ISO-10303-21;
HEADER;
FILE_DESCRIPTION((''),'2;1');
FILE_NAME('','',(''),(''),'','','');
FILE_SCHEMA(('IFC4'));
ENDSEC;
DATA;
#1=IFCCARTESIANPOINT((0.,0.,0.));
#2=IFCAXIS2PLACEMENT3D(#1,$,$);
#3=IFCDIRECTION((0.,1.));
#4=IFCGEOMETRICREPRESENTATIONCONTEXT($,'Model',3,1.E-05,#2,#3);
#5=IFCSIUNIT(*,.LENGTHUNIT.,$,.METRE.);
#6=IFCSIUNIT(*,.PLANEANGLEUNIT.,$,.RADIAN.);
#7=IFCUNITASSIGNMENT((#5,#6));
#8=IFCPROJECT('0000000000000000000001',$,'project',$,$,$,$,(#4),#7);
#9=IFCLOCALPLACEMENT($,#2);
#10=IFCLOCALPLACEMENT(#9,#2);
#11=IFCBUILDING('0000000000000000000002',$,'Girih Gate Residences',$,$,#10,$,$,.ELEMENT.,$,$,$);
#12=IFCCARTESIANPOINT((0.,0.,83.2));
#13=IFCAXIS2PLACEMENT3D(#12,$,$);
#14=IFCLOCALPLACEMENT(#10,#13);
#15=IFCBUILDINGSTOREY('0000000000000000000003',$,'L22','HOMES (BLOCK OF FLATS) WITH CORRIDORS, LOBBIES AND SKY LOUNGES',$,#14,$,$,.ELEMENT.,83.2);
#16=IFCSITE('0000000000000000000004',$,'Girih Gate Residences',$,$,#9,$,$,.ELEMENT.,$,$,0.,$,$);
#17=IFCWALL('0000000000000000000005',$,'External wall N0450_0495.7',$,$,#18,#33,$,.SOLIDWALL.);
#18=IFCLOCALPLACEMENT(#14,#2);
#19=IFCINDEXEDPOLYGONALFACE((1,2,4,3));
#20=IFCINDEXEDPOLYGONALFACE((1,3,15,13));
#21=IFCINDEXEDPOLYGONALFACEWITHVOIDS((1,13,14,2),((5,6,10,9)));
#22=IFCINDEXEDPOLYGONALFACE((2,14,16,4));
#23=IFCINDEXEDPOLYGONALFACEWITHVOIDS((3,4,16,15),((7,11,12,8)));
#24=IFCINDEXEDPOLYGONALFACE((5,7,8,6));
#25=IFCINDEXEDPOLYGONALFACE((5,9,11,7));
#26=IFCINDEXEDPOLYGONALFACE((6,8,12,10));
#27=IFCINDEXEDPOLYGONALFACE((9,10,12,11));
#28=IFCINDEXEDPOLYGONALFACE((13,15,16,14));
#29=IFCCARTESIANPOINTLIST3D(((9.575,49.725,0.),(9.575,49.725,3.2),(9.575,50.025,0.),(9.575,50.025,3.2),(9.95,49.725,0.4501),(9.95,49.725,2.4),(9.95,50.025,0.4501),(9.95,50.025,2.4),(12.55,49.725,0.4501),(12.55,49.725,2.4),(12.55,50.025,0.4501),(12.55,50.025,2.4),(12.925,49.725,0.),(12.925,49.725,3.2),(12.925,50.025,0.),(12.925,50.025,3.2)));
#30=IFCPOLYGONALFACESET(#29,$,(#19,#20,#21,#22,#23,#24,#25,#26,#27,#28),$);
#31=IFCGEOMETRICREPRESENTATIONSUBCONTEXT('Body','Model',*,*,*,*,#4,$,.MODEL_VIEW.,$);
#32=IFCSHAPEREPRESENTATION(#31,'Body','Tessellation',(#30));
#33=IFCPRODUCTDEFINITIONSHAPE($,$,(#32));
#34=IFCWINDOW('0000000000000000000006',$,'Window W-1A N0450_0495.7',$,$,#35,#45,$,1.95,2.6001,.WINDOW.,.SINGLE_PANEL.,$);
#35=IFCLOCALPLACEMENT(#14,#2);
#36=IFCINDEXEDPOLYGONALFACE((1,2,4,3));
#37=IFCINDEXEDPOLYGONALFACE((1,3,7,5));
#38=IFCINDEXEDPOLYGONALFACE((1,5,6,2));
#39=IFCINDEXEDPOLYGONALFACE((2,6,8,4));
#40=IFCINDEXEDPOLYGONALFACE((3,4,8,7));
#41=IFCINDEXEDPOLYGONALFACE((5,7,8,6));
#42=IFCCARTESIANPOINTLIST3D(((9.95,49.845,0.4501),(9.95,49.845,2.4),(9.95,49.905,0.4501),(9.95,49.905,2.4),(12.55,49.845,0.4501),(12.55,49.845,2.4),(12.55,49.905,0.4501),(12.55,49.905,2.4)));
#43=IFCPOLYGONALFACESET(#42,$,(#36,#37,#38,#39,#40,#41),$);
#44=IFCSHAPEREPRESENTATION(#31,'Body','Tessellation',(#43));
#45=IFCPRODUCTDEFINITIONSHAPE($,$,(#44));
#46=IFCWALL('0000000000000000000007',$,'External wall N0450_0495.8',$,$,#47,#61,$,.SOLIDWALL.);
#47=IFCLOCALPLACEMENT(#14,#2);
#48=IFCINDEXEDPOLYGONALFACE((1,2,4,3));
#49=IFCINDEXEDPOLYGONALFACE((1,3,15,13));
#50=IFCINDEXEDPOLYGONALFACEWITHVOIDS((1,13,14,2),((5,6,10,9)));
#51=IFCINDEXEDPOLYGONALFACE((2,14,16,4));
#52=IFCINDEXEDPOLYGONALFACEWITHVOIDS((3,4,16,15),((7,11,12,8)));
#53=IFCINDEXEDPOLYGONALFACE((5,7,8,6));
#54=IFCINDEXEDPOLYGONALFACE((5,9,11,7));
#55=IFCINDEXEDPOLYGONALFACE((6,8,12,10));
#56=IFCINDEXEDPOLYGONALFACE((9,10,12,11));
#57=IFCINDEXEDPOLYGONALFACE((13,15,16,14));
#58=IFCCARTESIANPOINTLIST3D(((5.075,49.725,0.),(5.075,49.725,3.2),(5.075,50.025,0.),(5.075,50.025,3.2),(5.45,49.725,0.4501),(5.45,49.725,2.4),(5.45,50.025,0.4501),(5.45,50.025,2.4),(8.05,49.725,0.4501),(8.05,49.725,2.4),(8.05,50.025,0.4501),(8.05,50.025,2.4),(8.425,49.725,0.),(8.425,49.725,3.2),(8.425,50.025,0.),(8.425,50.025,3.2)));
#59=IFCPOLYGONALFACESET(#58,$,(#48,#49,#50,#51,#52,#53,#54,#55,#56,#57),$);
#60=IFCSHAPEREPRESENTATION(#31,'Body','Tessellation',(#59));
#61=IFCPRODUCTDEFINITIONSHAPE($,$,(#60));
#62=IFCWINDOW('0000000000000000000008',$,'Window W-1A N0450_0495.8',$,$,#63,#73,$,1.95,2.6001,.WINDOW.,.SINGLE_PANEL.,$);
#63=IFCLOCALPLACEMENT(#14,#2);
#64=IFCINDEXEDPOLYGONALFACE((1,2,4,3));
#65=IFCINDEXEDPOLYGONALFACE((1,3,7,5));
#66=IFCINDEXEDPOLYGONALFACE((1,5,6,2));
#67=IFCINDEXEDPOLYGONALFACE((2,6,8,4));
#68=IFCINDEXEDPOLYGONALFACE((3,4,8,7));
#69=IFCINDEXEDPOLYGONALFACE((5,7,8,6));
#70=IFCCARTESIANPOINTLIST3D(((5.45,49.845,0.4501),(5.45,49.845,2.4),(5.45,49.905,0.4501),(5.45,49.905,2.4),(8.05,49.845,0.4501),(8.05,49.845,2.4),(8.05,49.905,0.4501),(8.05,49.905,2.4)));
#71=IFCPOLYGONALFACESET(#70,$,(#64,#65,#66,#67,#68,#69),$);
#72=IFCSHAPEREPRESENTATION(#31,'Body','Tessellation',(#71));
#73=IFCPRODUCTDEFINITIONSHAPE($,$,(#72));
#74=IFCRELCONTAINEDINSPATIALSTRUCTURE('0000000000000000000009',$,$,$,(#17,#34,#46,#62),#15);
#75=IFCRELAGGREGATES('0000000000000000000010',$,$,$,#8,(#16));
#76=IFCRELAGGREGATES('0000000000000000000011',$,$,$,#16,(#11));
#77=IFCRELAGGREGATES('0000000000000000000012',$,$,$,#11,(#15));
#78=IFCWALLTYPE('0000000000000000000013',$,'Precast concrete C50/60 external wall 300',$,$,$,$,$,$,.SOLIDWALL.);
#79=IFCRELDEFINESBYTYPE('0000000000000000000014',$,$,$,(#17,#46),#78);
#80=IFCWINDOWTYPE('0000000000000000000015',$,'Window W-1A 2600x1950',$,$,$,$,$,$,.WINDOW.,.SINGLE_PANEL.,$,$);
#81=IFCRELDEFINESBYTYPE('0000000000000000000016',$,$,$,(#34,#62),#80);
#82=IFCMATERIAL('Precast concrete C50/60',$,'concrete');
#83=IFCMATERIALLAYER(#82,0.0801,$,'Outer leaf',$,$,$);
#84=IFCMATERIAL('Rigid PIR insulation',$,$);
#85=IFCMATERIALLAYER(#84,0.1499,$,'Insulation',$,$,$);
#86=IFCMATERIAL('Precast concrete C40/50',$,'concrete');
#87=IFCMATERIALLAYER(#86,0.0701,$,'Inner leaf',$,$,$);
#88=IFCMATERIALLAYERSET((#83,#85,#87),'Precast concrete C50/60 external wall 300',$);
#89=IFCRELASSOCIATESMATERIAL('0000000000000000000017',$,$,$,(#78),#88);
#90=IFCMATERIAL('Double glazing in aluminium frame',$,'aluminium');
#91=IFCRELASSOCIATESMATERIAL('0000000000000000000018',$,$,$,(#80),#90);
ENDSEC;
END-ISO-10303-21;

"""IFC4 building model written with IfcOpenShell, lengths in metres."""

from ifc_helpers import new_model, si_unit, direction, frame, frame_2d, origin, place, context, subcontext, project, spatial, rectangle, extrude, material, layer, layer_set, type_object, element, fill, save


model = new_model("IFC4")

# Units and contexts
model_context = context("Model", 3, precision=1e-05, world=origin(), true_north=direction((0.0, 1.0)))
body_context = subcontext(model_context, "Body", "Model", "MODEL_VIEW")
ifc_project = project(units=[si_unit("LENGTHUNIT", "METRE"), si_unit("PLANEANGLEUNIT", "RADIAN")], contexts=[model_context])

# Site, building, storey
site_placement = place(None, origin())
site = spatial("IfcSite", under=ifc_project, at=site_placement, Name="Girih Gate Residences", CompositionType="ELEMENT", RefElevation=0.0)
building_placement = place(site_placement, origin())
building = spatial("IfcBuilding", under=site, at=building_placement, Name="Girih Gate Residences", CompositionType="ELEMENT")
storey_placement = place(building_placement, frame((0.0, 0.0, 83.2)))
storey = spatial("IfcBuildingStorey", under=building, at=storey_placement, Name="L22", Description="HOMES (BLOCK OF FLATS) WITH CORRIDORS, LOBBIES AND SKY LOUNGES", CompositionType="ELEMENT", Elevation=83.2)

# Walls, openings, windows
ifc_material_1 = material(Name="Precast concrete C50/60", Category="concrete")
ifc_layer_1 = layer(ifc_material_1, 0.0801, Name="Outer leaf")
ifc_material_2 = material(Name="Rigid PIR insulation")
ifc_layer_2 = layer(ifc_material_2, 0.1499, Name="Insulation")
ifc_material_3 = material(Name="Precast concrete C40/50", Category="concrete")
ifc_layer_3 = layer(ifc_material_3, 0.0701, Name="Inner leaf")
ifc_layer_set_1 = layer_set([ifc_layer_1, ifc_layer_2, ifc_layer_3], Name="Precast concrete C50/60 external wall 300")
wall_type_1 = type_object("IfcWallType", Name="Precast concrete C50/60 external wall 300", PredefinedType="SOLIDWALL", material=ifc_layer_set_1)
wall_1_placement = place(storey_placement, frame((9.575, 49.875, 0.0), z_axis=(0.0, 0.0, 1.0), x_axis=(1.0, 0.0, 0.0)))
wall_1 = element("IfcWall", 1, at=wall_1_placement, inside=storey, type_object=wall_type_1, Name="External wall N0450_0495.7", PredefinedType="SOLIDWALL", context=body_context, shape_type="SweptSolid", body=[
    extrude(rectangle(XDim=3.3501, YDim=0.3, at=frame_2d((1.675, 0.0))), origin(), (0.0, 0.0, 1.0), 3.2),
])
opening_1_placement = place(wall_1_placement, frame((0.375, 0.0, 0.45)))
opening_1 = element("IfcOpeningElement", 2, at=opening_1_placement, cuts=wall_1, PredefinedType="OPENING", context=body_context, shape_type="SweptSolid", body=[
    extrude(rectangle(XDim=2.6001, YDim=1.95, at=frame_2d((1.3, 0.9751))), frame((0.0, 0.1599, 0.0), z_axis=(0.0, -1.0, 0.0), x_axis=(1.0, 0.0, 0.0)), (0.0, 0.0, 1.0), 0.3201),
])
ifc_material_4 = material(Name="Double glazing in aluminium frame", Category="aluminium")
window_type = type_object("IfcWindowType", Name="Window W-1A 2600x1950", PartitioningType="SINGLE_PANEL", PredefinedType="WINDOW", material=ifc_material_4)
window_1_placement = place(opening_1_placement, origin())
window_1 = element("IfcWindow", 3, at=window_1_placement, inside=storey, type_object=window_type, Name="Window W-1A N0450_0495.7", OverallHeight=1.95, OverallWidth=2.6001, PartitioningType="SINGLE_PANEL", PredefinedType="WINDOW", context=body_context, shape_type="SweptSolid", body=[
    extrude(rectangle(XDim=2.6001, YDim=1.95, at=frame_2d((1.3, 0.9751))), frame((0.0, 0.03, 0.0), z_axis=(0.0, -1.0, 0.0), x_axis=(1.0, 0.0, 0.0)), (0.0, 0.0, 1.0), 0.0601),
])
fill(opening_1, window_1)
wall_2_placement = place(storey_placement, frame((5.075, 49.875, 0.0), z_axis=(0.0, 0.0, 1.0), x_axis=(1.0, 0.0, 0.0)))
wall_2 = element("IfcWall", 4, at=wall_2_placement, inside=storey, type_object=wall_type_1, Name="External wall N0450_0495.8", PredefinedType="SOLIDWALL", context=body_context, shape_type="SweptSolid", body=[
    extrude(rectangle(XDim=3.3501, YDim=0.3, at=frame_2d((1.675, 0.0))), origin(), (0.0, 0.0, 1.0), 3.2),
])
opening_2_placement = place(wall_2_placement, frame((0.375, 0.0, 0.45)))
opening_2 = element("IfcOpeningElement", 5, at=opening_2_placement, cuts=wall_2, PredefinedType="OPENING", context=body_context, shape_type="SweptSolid", body=[
    extrude(rectangle(XDim=2.6001, YDim=1.95, at=frame_2d((1.3, 0.9751))), frame((0.0, 0.1599, 0.0), z_axis=(0.0, -1.0, 0.0), x_axis=(1.0, 0.0, 0.0)), (0.0, 0.0, 1.0), 0.3201),
])
window_2_placement = place(opening_2_placement, origin())
window_2 = element("IfcWindow", 6, at=window_2_placement, inside=storey, type_object=window_type, Name="Window W-1A N0450_0495.8", OverallHeight=1.95, OverallWidth=2.6001, PartitioningType="SINGLE_PANEL", PredefinedType="WINDOW", context=body_context, shape_type="SweptSolid", body=[
    extrude(rectangle(XDim=2.6001, YDim=1.95, at=frame_2d((1.3, 0.9751))), frame((0.0, 0.03, 0.0), z_axis=(0.0, -1.0, 0.0), x_axis=(1.0, 0.0, 0.0)), (0.0, 0.0, 1.0), 0.0601),
])
fill(opening_2, window_2)

save(model, "model.ifc")
